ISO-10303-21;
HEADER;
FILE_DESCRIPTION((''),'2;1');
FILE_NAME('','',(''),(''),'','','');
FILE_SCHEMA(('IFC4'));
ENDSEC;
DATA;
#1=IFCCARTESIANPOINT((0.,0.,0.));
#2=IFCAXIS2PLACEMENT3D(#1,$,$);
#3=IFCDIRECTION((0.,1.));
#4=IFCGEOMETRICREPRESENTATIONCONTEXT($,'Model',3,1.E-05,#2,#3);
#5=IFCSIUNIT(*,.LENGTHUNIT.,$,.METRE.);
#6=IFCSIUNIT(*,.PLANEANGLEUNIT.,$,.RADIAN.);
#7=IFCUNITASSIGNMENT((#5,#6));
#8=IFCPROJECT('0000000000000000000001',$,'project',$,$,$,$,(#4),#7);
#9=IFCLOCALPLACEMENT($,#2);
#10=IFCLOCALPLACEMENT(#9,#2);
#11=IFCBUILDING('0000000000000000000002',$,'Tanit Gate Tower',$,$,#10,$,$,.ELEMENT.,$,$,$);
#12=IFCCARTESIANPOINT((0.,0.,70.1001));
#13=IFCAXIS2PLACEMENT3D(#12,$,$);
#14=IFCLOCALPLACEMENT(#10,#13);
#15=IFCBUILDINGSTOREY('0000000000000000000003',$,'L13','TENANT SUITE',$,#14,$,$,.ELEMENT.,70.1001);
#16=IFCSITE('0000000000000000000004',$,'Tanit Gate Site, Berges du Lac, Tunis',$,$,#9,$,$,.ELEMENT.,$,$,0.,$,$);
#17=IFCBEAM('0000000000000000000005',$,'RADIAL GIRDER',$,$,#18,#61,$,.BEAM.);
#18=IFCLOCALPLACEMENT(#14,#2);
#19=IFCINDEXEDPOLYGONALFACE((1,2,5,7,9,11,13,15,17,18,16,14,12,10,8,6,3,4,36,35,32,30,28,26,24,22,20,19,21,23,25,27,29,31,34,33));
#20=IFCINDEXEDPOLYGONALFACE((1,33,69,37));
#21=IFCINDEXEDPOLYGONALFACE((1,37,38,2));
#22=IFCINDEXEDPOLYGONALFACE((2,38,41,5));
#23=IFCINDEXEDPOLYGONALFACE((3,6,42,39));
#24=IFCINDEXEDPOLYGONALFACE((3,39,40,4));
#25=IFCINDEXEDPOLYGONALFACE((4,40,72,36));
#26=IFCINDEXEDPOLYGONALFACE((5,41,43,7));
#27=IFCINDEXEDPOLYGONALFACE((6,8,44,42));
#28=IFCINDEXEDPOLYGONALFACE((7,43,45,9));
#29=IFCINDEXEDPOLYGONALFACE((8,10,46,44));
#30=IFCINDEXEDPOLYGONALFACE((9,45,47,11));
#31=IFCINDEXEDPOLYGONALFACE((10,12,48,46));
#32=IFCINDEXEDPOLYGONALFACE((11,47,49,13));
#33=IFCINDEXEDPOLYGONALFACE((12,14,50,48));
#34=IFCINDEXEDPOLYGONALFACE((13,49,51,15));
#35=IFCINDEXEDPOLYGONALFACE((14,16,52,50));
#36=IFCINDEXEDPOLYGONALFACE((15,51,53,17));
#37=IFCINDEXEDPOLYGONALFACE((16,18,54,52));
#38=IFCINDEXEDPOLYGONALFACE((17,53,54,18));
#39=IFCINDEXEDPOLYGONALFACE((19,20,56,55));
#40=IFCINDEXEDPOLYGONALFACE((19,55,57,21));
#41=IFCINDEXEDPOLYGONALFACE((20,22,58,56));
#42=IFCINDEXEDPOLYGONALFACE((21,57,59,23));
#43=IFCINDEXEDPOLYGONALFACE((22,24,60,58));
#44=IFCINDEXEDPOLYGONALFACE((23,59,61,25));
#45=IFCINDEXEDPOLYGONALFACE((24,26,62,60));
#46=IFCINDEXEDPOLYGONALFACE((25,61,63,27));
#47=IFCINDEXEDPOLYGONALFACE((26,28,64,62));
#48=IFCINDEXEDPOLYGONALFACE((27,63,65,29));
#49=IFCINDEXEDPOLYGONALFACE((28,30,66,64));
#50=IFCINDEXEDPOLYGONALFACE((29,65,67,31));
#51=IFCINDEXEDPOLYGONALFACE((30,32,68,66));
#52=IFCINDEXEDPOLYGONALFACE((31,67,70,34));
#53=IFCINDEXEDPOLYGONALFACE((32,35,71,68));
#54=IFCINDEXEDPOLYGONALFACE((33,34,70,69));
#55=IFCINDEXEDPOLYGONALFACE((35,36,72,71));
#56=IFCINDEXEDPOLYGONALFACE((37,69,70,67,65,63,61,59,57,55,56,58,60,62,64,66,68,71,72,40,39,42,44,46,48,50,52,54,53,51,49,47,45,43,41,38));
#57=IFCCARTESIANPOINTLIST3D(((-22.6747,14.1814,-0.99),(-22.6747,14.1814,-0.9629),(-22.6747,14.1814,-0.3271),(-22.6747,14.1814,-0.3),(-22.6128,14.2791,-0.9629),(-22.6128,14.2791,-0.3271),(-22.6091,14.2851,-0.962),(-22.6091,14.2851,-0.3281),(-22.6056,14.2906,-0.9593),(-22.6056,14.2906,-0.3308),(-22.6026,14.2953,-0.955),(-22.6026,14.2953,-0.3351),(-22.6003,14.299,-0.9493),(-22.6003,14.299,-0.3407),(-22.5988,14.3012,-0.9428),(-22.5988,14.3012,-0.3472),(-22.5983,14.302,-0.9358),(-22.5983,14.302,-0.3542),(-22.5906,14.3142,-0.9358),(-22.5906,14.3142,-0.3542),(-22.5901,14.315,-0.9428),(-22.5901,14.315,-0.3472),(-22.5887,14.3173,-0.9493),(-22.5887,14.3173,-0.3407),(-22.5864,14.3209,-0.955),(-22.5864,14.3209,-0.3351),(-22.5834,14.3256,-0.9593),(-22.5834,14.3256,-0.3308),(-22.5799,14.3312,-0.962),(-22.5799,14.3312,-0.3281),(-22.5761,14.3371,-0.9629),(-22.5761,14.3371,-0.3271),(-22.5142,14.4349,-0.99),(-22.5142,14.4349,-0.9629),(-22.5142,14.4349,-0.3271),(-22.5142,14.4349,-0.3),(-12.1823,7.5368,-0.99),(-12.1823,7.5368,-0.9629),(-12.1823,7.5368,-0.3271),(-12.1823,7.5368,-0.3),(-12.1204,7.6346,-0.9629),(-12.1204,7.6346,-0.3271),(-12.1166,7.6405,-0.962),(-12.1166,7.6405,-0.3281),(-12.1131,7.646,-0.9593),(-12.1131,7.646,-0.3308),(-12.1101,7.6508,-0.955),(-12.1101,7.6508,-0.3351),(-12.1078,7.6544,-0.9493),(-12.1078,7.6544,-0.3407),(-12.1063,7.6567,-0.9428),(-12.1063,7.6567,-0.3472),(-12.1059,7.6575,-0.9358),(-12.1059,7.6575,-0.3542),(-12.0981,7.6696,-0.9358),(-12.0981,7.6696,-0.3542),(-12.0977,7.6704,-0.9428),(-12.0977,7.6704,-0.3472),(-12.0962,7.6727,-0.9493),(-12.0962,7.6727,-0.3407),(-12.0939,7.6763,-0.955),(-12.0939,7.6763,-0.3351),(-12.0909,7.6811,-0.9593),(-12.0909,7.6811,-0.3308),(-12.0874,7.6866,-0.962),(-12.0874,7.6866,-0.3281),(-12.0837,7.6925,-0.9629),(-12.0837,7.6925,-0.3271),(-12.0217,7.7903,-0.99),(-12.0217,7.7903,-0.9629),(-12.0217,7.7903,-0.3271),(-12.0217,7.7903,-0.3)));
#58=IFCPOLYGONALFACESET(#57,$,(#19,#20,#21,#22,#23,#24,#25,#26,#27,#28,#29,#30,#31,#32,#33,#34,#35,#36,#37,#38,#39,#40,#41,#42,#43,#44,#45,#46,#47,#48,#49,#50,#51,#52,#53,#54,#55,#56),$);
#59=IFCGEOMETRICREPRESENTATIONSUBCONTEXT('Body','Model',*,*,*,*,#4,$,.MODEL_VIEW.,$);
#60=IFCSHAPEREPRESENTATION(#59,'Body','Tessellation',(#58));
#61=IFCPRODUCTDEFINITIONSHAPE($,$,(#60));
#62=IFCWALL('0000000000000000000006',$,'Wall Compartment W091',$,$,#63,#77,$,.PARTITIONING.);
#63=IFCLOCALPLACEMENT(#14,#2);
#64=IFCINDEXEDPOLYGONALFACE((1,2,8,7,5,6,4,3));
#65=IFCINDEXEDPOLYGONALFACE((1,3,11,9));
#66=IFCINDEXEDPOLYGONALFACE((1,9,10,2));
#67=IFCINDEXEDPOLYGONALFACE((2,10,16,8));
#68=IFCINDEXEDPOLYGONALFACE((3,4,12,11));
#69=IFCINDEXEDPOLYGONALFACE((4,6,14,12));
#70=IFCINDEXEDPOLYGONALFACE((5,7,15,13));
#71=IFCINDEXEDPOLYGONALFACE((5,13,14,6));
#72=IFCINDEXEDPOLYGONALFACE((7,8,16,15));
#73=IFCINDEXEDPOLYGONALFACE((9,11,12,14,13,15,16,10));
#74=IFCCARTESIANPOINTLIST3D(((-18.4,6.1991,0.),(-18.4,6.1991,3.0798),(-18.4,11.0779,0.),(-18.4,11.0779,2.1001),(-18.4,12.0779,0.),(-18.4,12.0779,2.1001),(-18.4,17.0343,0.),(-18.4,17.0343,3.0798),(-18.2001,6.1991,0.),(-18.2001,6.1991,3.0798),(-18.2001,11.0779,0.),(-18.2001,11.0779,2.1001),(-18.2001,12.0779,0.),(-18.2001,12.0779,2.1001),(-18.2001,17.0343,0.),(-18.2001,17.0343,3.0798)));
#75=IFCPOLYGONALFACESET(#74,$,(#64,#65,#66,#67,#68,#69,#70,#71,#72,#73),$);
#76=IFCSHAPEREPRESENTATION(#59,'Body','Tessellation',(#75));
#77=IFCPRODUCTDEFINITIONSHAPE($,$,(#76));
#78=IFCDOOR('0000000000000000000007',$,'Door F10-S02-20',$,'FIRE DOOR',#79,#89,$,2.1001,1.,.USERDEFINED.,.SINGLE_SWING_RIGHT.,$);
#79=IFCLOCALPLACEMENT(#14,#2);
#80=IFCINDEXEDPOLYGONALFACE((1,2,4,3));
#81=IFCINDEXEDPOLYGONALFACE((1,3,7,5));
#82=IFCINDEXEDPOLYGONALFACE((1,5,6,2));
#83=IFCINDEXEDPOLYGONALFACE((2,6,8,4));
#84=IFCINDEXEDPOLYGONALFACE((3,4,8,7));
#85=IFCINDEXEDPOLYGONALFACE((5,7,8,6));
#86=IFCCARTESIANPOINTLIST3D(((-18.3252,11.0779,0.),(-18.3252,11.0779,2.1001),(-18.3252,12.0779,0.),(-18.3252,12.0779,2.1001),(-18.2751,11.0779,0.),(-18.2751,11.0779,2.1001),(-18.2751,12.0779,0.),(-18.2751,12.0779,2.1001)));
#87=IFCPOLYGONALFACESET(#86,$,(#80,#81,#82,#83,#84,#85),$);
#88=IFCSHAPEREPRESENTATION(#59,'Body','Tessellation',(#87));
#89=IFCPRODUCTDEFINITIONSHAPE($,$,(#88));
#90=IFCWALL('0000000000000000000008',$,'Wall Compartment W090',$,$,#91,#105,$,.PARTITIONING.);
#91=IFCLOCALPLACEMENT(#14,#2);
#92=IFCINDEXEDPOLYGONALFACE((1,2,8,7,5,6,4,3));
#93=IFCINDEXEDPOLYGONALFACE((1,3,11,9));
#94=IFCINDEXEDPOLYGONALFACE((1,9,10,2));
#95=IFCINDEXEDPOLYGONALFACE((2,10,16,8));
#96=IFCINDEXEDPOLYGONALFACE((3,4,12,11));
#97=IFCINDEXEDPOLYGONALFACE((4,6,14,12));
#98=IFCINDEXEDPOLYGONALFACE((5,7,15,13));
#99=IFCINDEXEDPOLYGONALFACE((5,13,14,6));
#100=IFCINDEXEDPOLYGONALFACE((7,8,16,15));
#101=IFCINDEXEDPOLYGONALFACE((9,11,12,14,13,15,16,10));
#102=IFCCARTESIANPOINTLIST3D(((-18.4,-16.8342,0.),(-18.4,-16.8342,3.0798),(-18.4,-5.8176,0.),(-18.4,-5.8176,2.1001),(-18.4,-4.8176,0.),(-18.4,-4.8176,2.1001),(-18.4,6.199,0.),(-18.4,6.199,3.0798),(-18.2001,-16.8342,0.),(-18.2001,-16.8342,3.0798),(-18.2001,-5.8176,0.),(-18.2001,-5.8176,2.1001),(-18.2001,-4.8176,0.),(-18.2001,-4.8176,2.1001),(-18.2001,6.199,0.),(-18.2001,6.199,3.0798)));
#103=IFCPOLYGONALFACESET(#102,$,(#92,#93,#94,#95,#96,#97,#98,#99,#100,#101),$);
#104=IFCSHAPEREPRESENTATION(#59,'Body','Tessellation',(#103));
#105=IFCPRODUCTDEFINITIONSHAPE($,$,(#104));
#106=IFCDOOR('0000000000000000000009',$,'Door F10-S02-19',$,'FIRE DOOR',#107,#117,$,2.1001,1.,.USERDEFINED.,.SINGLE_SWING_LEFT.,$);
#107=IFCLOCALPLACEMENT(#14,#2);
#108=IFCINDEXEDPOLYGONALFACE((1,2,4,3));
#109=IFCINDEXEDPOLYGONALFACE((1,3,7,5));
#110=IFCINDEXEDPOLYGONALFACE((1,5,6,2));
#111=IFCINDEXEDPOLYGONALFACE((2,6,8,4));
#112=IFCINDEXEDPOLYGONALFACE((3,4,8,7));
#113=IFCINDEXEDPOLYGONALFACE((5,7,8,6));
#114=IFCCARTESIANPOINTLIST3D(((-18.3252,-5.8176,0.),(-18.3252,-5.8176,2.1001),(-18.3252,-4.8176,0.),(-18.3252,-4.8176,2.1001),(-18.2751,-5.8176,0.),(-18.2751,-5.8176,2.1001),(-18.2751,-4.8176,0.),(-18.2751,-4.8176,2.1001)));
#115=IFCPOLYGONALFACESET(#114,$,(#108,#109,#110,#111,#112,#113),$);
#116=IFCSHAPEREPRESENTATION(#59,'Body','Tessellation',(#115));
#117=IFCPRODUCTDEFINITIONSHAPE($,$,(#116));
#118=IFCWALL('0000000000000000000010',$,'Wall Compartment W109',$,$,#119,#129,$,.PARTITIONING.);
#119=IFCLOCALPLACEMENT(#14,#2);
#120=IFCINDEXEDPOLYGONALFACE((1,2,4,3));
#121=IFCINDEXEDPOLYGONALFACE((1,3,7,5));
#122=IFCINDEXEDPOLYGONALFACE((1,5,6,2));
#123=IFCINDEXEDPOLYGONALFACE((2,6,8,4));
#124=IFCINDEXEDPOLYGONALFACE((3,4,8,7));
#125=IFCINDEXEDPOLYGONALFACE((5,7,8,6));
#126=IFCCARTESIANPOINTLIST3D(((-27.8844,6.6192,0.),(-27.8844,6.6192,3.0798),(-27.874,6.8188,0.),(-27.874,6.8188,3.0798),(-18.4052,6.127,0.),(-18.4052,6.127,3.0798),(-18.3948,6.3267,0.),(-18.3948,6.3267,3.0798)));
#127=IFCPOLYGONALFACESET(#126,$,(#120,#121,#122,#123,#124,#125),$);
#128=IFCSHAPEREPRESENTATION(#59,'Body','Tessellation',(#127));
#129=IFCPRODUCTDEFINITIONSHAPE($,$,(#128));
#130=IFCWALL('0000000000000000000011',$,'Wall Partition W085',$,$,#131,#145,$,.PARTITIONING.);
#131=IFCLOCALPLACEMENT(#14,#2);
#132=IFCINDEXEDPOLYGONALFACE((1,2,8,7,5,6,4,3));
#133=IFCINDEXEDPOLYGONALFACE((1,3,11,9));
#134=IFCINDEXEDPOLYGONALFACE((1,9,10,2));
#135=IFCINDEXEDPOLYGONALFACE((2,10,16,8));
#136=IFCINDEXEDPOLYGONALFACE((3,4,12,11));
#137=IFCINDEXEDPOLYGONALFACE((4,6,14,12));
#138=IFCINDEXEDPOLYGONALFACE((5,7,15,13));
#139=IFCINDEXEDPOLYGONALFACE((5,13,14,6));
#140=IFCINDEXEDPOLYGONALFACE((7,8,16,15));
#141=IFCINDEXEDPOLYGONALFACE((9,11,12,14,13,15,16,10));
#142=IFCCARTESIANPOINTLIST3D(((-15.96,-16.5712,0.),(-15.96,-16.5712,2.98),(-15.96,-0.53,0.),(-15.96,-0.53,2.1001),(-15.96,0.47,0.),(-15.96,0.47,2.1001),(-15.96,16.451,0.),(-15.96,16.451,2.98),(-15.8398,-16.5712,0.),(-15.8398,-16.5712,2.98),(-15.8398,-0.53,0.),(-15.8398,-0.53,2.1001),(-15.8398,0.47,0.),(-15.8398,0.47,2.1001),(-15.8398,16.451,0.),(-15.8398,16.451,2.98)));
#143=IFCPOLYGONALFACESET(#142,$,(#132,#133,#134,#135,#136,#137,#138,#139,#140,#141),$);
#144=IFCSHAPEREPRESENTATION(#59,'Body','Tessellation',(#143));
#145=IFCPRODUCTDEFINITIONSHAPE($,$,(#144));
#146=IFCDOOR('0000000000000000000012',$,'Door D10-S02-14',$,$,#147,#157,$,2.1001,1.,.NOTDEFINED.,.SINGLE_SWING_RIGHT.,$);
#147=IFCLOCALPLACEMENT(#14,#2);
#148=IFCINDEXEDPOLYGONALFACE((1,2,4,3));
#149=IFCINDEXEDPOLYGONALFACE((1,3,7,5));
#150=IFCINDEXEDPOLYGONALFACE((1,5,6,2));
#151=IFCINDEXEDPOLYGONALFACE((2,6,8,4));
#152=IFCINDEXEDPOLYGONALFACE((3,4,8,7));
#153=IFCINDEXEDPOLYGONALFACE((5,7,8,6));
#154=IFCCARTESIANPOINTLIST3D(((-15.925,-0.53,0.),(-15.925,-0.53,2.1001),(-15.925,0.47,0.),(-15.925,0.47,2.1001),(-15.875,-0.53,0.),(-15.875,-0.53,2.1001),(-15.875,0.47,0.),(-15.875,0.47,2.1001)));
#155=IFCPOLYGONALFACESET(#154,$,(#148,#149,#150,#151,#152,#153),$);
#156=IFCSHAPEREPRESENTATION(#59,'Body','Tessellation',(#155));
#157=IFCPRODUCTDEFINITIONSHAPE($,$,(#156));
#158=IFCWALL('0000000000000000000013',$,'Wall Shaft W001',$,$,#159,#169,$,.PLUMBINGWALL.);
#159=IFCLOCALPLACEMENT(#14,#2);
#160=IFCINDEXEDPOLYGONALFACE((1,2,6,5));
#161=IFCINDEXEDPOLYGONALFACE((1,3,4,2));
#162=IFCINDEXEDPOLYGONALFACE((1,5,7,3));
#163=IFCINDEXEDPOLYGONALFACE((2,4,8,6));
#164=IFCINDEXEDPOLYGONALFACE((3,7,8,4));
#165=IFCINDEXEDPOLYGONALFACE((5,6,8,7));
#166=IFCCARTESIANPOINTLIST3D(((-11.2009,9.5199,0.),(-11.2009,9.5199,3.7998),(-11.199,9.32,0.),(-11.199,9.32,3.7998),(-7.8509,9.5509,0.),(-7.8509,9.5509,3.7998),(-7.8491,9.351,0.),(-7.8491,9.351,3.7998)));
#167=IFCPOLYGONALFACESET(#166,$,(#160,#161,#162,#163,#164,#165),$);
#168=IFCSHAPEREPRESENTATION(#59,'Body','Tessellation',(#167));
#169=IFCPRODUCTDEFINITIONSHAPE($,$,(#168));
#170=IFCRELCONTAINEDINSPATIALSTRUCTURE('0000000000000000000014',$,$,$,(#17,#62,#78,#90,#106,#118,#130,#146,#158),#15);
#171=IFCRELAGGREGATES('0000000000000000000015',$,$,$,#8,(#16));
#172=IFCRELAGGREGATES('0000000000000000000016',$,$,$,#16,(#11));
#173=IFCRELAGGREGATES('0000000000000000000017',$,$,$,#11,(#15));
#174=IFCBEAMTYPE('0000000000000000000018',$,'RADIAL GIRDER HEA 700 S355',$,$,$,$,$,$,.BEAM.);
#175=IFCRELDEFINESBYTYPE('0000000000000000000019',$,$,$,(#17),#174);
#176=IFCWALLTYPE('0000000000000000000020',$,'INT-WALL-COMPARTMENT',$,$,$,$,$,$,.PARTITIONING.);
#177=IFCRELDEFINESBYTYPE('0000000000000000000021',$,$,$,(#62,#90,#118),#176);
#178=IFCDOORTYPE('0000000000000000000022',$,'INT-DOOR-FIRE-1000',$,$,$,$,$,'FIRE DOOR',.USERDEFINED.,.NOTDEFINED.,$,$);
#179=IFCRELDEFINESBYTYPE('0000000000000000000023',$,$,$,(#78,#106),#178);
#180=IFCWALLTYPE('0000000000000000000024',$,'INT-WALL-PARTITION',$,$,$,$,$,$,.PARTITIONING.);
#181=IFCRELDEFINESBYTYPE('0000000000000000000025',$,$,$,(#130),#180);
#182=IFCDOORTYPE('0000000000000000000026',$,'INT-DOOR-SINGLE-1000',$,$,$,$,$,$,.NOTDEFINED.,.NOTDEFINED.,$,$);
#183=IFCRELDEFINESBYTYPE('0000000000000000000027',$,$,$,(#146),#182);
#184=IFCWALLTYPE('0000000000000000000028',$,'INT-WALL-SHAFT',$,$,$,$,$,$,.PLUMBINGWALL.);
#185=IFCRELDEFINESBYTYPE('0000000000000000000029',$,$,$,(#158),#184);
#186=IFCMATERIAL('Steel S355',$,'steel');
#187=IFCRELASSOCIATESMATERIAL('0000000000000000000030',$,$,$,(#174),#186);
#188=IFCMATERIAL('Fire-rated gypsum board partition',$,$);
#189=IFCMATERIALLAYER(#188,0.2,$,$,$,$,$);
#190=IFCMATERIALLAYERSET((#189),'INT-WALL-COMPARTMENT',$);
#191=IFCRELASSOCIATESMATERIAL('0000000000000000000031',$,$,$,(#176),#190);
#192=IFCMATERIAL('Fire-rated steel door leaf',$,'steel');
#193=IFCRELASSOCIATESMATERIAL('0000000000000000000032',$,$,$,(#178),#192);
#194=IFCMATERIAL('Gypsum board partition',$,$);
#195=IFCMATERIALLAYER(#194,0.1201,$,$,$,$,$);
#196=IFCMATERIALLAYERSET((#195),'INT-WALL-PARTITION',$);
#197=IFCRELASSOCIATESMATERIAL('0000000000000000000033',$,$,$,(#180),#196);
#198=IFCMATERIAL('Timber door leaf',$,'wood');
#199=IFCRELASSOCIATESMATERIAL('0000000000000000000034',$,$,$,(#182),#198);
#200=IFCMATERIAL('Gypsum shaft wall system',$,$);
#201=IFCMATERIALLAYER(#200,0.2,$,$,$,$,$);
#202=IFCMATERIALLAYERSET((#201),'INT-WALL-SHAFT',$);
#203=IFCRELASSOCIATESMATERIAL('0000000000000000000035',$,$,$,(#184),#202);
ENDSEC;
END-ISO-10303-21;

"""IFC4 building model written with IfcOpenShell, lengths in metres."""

from ifc_helpers import new_model, si_unit, direction, frame, frame_2d, origin, origin_2d, place, context, subcontext, project, spatial, rectangle, i_section, extrude, material, layer, layer_set, material_profile, profile_set, type_object, element, fill, save


model = new_model("IFC4")

# Units and contexts
model_context = context("Model", 3, precision=1e-05, world=origin(), true_north=direction((0.0, 1.0)))
body_context = subcontext(model_context, "Body", "Model", "MODEL_VIEW")
ifc_project = project(units=[si_unit("LENGTHUNIT", "METRE"), si_unit("PLANEANGLEUNIT", "RADIAN")], contexts=[model_context])

# Site, building, storey
site_placement = place(None, origin())
site = spatial("IfcSite", under=ifc_project, at=site_placement, Name="Tanit Gate Site, Berges du Lac, Tunis", CompositionType="ELEMENT", RefElevation=0.0)
building_placement = place(site_placement, origin())
building = spatial("IfcBuilding", under=site, at=building_placement, Name="Tanit Gate Tower", CompositionType="ELEMENT")
storey_placement = place(building_placement, frame((0.0, 0.0, 70.1001)))
storey = spatial("IfcBuildingStorey", under=building, at=storey_placement, Name="L13", Description="TENANT SUITE", CompositionType="ELEMENT", Elevation=70.1001)

# Beam
ifc_material_1 = material(Name="Steel S355", Category="steel")
ifc_material_profile = material_profile(ifc_material_1, i_section(OverallWidth=0.3, OverallDepth=0.6899, WebThickness=0.0144, FlangeThickness=0.0271, FilletRadius=0.0271, at=origin_2d()), Name="HEA 700")
ifc_profile_set = profile_set([ifc_material_profile], Name="Steel S355")
beam_type = type_object("IfcBeamType", Name="RADIAL GIRDER HEA 700 S355", PredefinedType="BEAM", material=ifc_profile_set)
beam_placement = place(storey_placement, frame((-22.5945, 14.3081, -0.645), z_axis=(0.844844, -0.535013, 0.0), x_axis=(0.535013, 0.844844, 0.0)))
element("IfcBeam", 1, at=beam_placement, inside=storey, type_object=beam_type, Name="RADIAL GIRDER", PredefinedType="BEAM", context=body_context, shape_type="SweptSolid", body=[
    extrude(i_section(OverallWidth=0.3, OverallDepth=0.6899, WebThickness=0.0144, FlangeThickness=0.0271, FilletRadius=0.0271, at=origin_2d()), origin(), (0.0, 0.0, 1.0), 12.4194),
])

# Walls, openings, doors
ifc_material_2 = material(Name="Fire-rated gypsum board partition")
ifc_layer_1 = layer(ifc_material_2, 0.2)
ifc_layer_set_1 = layer_set([ifc_layer_1], Name="INT-WALL-COMPARTMENT")
wall_type_1 = type_object("IfcWallType", Name="INT-WALL-COMPARTMENT", PredefinedType="PARTITIONING", material=ifc_layer_set_1)
wall_1_placement = place(storey_placement, frame((-18.3, 17.0342, 0.0), z_axis=(0.0, 0.0, 1.0), x_axis=(0.0, -1.0, 0.0)))
wall_1 = element("IfcWall", 2, at=wall_1_placement, inside=storey, type_object=wall_type_1, Name="Wall Compartment W091", PredefinedType="PARTITIONING", context=body_context, shape_type="SweptSolid", body=[
    extrude(rectangle(XDim=10.8352, YDim=0.2, at=frame_2d((5.4175, 0.0))), origin(), (0.0, 0.0, 1.0), 3.0798),
])
opening_1_placement = place(wall_1_placement, frame((4.9563, 0.0, 0.0)))
opening_1 = element("IfcOpeningElement", 3, at=opening_1_placement, cuts=wall_1, PredefinedType="OPENING", context=body_context, shape_type="SweptSolid", body=[
    extrude(rectangle(XDim=1.0, YDim=2.1001, at=frame_2d((0.5, 1.05))), frame((0.0, 0.1099, 0.0), z_axis=(0.0, -1.0, 0.0), x_axis=(1.0, 0.0, 0.0)), (0.0, 0.0, 1.0), 0.22),
])
ifc_material_3 = material(Name="Fire-rated steel door leaf", Category="steel")
door_type_1 = type_object("IfcDoorType", Name="INT-DOOR-FIRE-1000", ElementType="FIRE DOOR", OperationType="NOTDEFINED", PredefinedType="USERDEFINED", material=ifc_material_3)
door_1_placement = place(opening_1_placement, origin())
door_1 = element("IfcDoor", 4, at=door_1_placement, inside=storey, type_object=door_type_1, Name="Door F10-S02-20", ObjectType="FIRE DOOR", OperationType="SINGLE_SWING_RIGHT", OverallHeight=2.1001, OverallWidth=1.0, PredefinedType="USERDEFINED", context=body_context, shape_type="SweptSolid", body=[
    extrude(rectangle(XDim=1.0, YDim=2.1001, at=frame_2d((0.5, 1.05))), frame((0.0, 0.0249, 0.0), z_axis=(0.0, -1.0, 0.0), x_axis=(1.0, 0.0, 0.0)), (0.0, 0.0, 1.0), 0.05),
])
fill(opening_1, door_1)
wall_2_placement = place(storey_placement, frame((-18.3, 6.199, 0.0), z_axis=(0.0, 0.0, 1.0), x_axis=(0.0, -1.0, 0.0)))
wall_2 = element("IfcWall", 5, at=wall_2_placement, inside=storey, type_object=wall_type_1, Name="Wall Compartment W090", PredefinedType="PARTITIONING", context=body_context, shape_type="SweptSolid", body=[
    extrude(rectangle(XDim=23.0332, YDim=0.2, at=frame_2d((11.5166, 0.0))), origin(), (0.0, 0.0, 1.0), 3.0798),
])
opening_2_placement = place(wall_2_placement, frame((11.0166, 0.0, 0.0)))
opening_2 = element("IfcOpeningElement", 6, at=opening_2_placement, cuts=wall_2, PredefinedType="OPENING", context=body_context, shape_type="SweptSolid", body=[
    extrude(rectangle(XDim=1.0, YDim=2.1001, at=frame_2d((0.5, 1.05))), frame((0.0, 0.1099, 0.0), z_axis=(0.0, -1.0, 0.0), x_axis=(1.0, 0.0, 0.0)), (0.0, 0.0, 1.0), 0.22),
])
door_2_placement = place(opening_2_placement, origin())
door_2 = element("IfcDoor", 7, at=door_2_placement, inside=storey, type_object=door_type_1, Name="Door F10-S02-19", ObjectType="FIRE DOOR", OperationType="SINGLE_SWING_LEFT", OverallHeight=2.1001, OverallWidth=1.0, PredefinedType="USERDEFINED", context=body_context, shape_type="SweptSolid", body=[
    extrude(rectangle(XDim=1.0, YDim=2.1001, at=frame_2d((0.5, 1.05))), frame((0.0, 0.0249, 0.0), z_axis=(0.0, -1.0, 0.0), x_axis=(1.0, 0.0, 0.0)), (0.0, 0.0, 1.0), 0.05),
])
fill(opening_2, door_2)

# Wall
wall_3_placement = place(storey_placement, frame((-18.3999, 6.2268, 0.0), z_axis=(0.0, 0.0, 1.0), x_axis=(-0.998655, 0.051853, 0.0)))
element("IfcWall", 8, at=wall_3_placement, inside=storey, type_object=wall_type_1, Name="Wall Compartment W109", PredefinedType="PARTITIONING", context=body_context, shape_type="SweptSolid", body=[
    extrude(rectangle(XDim=9.4919, YDim=0.2, at=frame_2d((4.7461, 0.0))), origin(), (0.0, 0.0, 1.0), 3.0798),
])

# Wall, opening, door
ifc_material_4 = material(Name="Gypsum board partition")
ifc_layer_2 = layer(ifc_material_4, 0.1201)
ifc_layer_set_2 = layer_set([ifc_layer_2], Name="INT-WALL-PARTITION")
wall_type_2 = type_object("IfcWallType", Name="INT-WALL-PARTITION", PredefinedType="PARTITIONING", material=ifc_layer_set_2)
wall_4_placement = place(storey_placement, frame((-15.8999, 16.4512, 0.0), z_axis=(0.0, 0.0, 1.0), x_axis=(0.0, -1.0, 0.0)))
wall_4 = element("IfcWall", 9, at=wall_4_placement, inside=storey, type_object=wall_type_2, Name="Wall Partition W085", PredefinedType="PARTITIONING", context=body_context, shape_type="SweptSolid", body=[
    extrude(rectangle(XDim=33.0222, YDim=0.1201, at=frame_2d((16.5112, 0.0))), origin(), (0.0, 0.0, 1.0), 2.98),
])
opening_3_placement = place(wall_4_placement, frame((15.9812, 0.0, 0.0)))
opening_3 = element("IfcOpeningElement", 10, at=opening_3_placement, cuts=wall_4, PredefinedType="OPENING", context=body_context, shape_type="SweptSolid", body=[
    extrude(rectangle(XDim=1.0, YDim=2.1001, at=frame_2d((0.5, 1.05))), frame((0.0, 0.0701, 0.0), z_axis=(0.0, -1.0, 0.0), x_axis=(1.0, 0.0, 0.0)), (0.0, 0.0, 1.0), 0.1401),
])
ifc_material_5 = material(Name="Timber door leaf", Category="wood")
door_type_2 = type_object("IfcDoorType", Name="INT-DOOR-SINGLE-1000", OperationType="NOTDEFINED", PredefinedType="NOTDEFINED", material=ifc_material_5)
door_3_placement = place(opening_3_placement, origin())
door_3 = element("IfcDoor", 11, at=door_3_placement, inside=storey, type_object=door_type_2, Name="Door D10-S02-14", OperationType="SINGLE_SWING_RIGHT", OverallHeight=2.1001, OverallWidth=1.0, PredefinedType="NOTDEFINED", context=body_context, shape_type="SweptSolid", body=[
    extrude(rectangle(XDim=1.0, YDim=2.1001, at=frame_2d((0.5, 1.05))), frame((0.0, 0.0249, 0.0), z_axis=(0.0, -1.0, 0.0), x_axis=(1.0, 0.0, 0.0)), (0.0, 0.0, 1.0), 0.05),
])
fill(opening_3, door_3)

# Wall
ifc_material_6 = material(Name="Gypsum shaft wall system")
ifc_layer_3 = layer(ifc_material_6, 0.2)
ifc_layer_set_3 = layer_set([ifc_layer_3], Name="INT-WALL-SHAFT")
wall_type_3 = type_object("IfcWallType", Name="INT-WALL-SHAFT", PredefinedType="PLUMBINGWALL", material=ifc_layer_set_3)
wall_5_placement = place(storey_placement, frame((-11.2, 9.4199, 0.0), z_axis=(0.0, 0.0, 1.0), x_axis=(0.999957, 0.009255, 0.0)))
element("IfcWall", 12, at=wall_5_placement, inside=storey, type_object=wall_type_3, Name="Wall Shaft W001", PredefinedType="PLUMBINGWALL", context=body_context, shape_type="SweptSolid", body=[
    extrude(rectangle(XDim=3.3501, YDim=0.2, at=frame_2d((1.675, 0.0))), origin(), (0.0, 0.0, 1.0), 3.7998),
])

save(model, "model.ifc")
